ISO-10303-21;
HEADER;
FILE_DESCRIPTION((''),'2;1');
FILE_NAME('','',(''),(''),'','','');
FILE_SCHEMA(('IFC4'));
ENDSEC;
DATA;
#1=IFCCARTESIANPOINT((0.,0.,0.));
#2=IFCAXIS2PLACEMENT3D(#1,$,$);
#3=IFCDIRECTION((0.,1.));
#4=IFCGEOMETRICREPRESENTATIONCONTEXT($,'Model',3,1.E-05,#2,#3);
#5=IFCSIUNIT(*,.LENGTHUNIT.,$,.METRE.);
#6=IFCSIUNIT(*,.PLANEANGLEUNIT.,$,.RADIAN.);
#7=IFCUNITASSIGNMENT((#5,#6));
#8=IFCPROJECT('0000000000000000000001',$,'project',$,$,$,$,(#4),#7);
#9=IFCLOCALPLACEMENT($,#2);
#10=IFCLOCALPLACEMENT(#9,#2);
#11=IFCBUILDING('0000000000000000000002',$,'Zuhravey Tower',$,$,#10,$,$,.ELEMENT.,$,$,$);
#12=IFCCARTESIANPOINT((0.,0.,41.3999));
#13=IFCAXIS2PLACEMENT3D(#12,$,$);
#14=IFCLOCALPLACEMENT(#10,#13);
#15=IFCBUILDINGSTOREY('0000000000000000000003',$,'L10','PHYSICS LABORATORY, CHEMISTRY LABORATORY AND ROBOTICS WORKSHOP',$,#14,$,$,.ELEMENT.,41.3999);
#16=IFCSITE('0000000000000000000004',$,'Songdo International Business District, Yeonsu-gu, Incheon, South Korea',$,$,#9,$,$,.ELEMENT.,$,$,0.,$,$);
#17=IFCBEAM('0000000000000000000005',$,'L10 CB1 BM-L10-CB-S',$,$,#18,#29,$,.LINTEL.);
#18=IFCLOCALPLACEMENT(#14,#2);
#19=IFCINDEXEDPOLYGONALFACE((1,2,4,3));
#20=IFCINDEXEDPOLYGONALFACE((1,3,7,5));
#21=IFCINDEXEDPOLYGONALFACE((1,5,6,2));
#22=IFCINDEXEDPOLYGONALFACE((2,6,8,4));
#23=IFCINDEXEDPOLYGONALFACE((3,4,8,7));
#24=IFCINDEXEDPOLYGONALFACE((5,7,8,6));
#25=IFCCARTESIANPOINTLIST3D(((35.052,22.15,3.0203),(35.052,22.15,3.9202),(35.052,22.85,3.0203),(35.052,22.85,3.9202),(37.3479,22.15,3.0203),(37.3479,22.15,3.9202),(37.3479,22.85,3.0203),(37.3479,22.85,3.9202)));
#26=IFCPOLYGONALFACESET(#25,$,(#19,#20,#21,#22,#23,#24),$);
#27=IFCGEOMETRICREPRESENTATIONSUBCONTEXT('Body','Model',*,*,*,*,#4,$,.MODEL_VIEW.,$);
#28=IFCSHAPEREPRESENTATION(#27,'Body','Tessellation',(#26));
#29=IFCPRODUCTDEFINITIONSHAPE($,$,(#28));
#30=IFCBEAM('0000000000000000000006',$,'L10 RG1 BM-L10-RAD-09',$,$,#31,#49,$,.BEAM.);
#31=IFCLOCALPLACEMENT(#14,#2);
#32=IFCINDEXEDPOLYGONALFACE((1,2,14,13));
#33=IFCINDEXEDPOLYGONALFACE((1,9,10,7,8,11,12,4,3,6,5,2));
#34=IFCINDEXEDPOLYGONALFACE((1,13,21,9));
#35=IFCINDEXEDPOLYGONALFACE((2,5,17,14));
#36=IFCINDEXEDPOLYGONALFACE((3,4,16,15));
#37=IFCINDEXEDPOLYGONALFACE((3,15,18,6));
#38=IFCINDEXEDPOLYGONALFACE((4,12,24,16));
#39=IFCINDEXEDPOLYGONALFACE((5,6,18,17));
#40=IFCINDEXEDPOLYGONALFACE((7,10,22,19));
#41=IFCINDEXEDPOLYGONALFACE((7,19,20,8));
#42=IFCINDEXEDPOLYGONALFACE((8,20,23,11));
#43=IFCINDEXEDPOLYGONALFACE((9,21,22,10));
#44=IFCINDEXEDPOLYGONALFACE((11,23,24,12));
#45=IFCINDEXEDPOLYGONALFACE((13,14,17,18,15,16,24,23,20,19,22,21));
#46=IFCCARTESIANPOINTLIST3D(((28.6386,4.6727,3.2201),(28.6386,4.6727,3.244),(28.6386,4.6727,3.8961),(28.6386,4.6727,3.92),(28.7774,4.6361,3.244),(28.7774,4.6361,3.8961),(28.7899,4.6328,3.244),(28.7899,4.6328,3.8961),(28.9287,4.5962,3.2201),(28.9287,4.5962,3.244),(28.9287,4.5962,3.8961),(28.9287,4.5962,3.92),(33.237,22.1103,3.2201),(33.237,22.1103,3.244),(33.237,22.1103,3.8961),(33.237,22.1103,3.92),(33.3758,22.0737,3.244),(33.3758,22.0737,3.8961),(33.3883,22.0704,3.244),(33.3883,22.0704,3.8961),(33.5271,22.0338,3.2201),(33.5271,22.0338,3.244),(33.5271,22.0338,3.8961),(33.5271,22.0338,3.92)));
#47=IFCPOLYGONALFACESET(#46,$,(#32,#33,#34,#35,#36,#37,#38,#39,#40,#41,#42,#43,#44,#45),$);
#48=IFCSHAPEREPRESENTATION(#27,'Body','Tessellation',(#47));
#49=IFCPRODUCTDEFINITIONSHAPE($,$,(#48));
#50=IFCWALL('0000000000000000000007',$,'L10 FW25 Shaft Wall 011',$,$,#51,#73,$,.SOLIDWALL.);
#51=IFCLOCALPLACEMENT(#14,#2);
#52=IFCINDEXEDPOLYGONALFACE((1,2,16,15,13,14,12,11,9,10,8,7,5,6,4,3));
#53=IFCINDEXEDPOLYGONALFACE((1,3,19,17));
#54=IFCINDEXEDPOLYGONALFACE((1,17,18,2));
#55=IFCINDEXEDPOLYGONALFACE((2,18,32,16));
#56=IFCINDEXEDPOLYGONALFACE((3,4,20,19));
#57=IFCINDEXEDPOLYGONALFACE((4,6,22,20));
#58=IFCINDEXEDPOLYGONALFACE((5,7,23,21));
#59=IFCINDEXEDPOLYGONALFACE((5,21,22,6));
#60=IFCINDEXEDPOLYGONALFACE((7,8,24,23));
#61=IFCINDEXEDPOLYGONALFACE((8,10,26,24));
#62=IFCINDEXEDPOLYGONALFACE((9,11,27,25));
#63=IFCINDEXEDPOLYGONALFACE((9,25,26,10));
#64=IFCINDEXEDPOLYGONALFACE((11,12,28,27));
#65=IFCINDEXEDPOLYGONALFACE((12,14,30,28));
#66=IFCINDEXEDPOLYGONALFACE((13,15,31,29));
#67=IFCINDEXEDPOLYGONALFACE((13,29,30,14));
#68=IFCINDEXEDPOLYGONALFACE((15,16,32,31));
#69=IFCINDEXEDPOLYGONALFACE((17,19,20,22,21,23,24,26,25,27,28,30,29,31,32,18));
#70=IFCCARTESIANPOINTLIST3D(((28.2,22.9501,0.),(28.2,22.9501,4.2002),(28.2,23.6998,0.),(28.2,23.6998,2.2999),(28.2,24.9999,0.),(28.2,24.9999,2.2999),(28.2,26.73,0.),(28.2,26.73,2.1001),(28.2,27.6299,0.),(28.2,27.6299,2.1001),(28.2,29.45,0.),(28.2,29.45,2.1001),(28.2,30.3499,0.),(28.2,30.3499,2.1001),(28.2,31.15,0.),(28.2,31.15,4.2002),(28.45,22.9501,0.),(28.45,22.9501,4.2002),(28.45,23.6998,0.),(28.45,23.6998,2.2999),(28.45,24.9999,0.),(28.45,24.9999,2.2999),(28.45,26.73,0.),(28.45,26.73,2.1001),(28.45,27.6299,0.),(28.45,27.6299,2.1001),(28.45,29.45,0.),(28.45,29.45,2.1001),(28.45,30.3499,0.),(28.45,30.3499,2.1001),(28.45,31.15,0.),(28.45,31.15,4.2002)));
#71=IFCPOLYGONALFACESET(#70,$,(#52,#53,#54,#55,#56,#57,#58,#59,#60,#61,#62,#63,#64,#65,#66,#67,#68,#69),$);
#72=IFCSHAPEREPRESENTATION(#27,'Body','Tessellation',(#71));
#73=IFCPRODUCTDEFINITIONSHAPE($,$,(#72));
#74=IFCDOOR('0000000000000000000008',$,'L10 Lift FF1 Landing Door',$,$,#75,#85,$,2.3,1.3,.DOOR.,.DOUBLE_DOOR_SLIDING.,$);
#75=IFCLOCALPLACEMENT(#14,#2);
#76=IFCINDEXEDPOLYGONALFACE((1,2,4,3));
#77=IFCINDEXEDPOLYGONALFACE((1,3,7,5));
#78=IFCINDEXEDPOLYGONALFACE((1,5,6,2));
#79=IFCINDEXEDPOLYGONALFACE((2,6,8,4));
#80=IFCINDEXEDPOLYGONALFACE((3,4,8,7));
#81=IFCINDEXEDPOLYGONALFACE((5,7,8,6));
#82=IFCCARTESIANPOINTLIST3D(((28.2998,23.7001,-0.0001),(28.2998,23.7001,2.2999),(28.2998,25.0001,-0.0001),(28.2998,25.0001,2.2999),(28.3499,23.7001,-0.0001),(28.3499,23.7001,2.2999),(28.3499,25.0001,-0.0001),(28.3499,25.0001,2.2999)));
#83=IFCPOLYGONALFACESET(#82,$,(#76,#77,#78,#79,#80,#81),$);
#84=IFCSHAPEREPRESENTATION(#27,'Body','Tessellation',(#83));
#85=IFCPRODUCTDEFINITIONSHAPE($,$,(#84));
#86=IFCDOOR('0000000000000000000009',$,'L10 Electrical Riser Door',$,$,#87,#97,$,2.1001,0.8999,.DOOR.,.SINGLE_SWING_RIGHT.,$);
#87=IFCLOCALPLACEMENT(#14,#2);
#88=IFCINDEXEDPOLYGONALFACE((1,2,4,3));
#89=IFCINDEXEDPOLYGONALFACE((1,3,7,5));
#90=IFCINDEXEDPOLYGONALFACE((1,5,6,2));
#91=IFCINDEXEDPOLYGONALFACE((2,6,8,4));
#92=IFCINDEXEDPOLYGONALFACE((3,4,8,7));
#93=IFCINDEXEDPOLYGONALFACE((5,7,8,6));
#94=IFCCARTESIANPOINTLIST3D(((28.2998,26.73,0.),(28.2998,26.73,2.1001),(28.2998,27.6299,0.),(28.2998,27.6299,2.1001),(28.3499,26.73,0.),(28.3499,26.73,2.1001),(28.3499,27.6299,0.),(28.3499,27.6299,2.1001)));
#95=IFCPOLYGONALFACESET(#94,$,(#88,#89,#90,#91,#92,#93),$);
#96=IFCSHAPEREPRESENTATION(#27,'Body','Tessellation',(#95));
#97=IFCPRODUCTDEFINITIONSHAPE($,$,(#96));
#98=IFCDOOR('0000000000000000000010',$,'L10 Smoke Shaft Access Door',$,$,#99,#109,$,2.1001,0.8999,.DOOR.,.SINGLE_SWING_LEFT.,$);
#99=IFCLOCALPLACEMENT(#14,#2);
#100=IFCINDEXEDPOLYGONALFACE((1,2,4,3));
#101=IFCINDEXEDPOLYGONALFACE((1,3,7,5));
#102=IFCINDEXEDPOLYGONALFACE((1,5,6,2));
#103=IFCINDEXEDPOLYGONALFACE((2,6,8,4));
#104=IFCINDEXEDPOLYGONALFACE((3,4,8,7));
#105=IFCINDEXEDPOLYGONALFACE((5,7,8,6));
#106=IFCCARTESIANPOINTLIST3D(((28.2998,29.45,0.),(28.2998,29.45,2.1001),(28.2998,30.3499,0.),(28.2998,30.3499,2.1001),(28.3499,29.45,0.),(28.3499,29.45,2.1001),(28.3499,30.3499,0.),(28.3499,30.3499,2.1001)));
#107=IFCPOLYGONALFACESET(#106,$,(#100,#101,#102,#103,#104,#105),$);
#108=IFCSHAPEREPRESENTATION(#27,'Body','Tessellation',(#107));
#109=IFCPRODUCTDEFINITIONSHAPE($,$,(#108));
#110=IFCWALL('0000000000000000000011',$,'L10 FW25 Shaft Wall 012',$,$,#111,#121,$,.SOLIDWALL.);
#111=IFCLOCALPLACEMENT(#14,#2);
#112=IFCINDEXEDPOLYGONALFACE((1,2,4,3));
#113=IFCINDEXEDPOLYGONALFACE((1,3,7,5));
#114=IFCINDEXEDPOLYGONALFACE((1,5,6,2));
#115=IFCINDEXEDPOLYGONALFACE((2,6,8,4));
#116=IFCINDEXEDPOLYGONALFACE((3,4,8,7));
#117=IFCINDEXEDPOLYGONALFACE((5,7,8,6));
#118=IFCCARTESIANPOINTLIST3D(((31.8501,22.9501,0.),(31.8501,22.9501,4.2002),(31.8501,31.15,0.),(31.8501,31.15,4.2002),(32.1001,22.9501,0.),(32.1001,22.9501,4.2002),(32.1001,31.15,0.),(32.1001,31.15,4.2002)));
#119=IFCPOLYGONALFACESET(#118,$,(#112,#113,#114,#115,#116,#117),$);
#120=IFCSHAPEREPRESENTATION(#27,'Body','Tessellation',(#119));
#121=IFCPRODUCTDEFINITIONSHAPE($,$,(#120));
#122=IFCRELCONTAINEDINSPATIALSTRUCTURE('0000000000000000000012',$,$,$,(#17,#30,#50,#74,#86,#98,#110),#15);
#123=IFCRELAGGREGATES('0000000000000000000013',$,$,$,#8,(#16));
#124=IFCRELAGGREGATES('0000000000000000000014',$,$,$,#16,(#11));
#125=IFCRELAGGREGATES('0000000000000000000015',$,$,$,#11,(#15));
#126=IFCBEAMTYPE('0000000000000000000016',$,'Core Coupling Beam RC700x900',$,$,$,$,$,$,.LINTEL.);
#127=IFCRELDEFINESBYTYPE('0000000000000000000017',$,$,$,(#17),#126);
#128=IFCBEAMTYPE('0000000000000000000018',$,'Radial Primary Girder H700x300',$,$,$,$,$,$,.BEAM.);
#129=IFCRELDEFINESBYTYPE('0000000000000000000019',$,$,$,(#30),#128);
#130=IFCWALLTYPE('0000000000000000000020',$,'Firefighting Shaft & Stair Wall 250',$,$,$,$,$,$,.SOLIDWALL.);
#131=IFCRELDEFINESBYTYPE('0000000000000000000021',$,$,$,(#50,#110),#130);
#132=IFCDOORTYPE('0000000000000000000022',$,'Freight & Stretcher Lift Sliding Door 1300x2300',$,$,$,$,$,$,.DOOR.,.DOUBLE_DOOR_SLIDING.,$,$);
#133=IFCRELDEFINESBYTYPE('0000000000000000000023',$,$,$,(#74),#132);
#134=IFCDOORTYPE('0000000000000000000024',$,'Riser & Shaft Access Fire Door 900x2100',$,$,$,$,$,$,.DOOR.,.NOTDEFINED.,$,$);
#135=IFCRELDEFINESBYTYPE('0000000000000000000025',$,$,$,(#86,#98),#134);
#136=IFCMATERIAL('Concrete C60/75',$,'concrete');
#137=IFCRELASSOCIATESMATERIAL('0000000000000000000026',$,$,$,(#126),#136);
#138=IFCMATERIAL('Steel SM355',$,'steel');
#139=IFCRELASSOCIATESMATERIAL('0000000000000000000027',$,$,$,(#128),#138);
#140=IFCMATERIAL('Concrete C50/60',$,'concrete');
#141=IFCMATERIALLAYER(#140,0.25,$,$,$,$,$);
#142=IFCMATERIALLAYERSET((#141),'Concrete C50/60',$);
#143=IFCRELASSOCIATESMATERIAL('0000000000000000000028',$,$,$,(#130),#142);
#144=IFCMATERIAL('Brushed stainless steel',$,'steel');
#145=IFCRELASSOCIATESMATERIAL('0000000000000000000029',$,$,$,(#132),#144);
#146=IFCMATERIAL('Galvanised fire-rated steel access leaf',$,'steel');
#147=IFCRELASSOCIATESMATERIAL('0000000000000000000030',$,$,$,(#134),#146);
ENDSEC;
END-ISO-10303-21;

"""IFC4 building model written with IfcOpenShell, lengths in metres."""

from ifc_helpers import new_model, si_unit, direction, frame, frame_2d, origin, origin_2d, place, context, subcontext, project, spatial, rectangle, i_section, extrude, material, layer, layer_set, material_profile, profile_set, type_object, element, fill, save


model = new_model("IFC4")

# Units and contexts
model_context = context("Model", 3, precision=1e-05, world=origin(), true_north=direction((0.0, 1.0)))
body_context = subcontext(model_context, "Body", "Model", "MODEL_VIEW")
ifc_project = project(units=[si_unit("LENGTHUNIT", "METRE"), si_unit("PLANEANGLEUNIT", "RADIAN")], contexts=[model_context])

# Site, building, storey
site_placement = place(None, origin())
site = spatial("IfcSite", under=ifc_project, at=site_placement, Name="Songdo International Business District, Yeonsu-gu, Incheon, South Korea", CompositionType="ELEMENT", RefElevation=0.0)
building_placement = place(site_placement, origin())
building = spatial("IfcBuilding", under=site, at=building_placement, Name="Zuhravey Tower", CompositionType="ELEMENT")
storey_placement = place(building_placement, frame((0.0, 0.0, 41.3999)))
storey = spatial("IfcBuildingStorey", under=building, at=storey_placement, Name="L10", Description="PHYSICS LABORATORY, CHEMISTRY LABORATORY AND ROBOTICS WORKSHOP", CompositionType="ELEMENT", Elevation=41.3999)

# Beams
ifc_material_1 = material(Name="Concrete C60/75", Category="concrete")
ifc_material_profile_1 = material_profile(ifc_material_1, rectangle(XDim=0.7, YDim=0.8999, at=origin_2d()), Name="RC-700x900")
ifc_profile_set_1 = profile_set([ifc_material_profile_1], Name="Concrete C60/75")
beam_type_1 = type_object("IfcBeamType", Name="Core Coupling Beam RC700x900", PredefinedType="LINTEL", material=ifc_profile_set_1)
beam_1_placement = place(storey_placement, frame((35.052, 22.5, 3.4702), z_axis=(1.0, 0.0, 0.0), x_axis=(0.0, 1.0, 0.0)))
element("IfcBeam", 1, at=beam_1_placement, inside=storey, type_object=beam_type_1, Name="L10 CB1 BM-L10-CB-S", PredefinedType="LINTEL", context=body_context, shape_type="SweptSolid", body=[
    extrude(rectangle(XDim=0.7, YDim=0.8999, at=origin_2d()), origin(), (0.0, 0.0, 1.0), 2.2959),
])
ifc_material_2 = material(Name="Steel SM355", Category="steel")
ifc_material_profile_2 = material_profile(ifc_material_2, i_section(OverallWidth=0.3, OverallDepth=0.7, WebThickness=0.0129, FlangeThickness=0.0239, at=origin_2d()), Name="H-700x300x13x24")
ifc_profile_set_2 = profile_set([ifc_material_profile_2], Name="Steel SM355")
beam_type_2 = type_object("IfcBeamType", Name="Radial Primary Girder H700x300", PredefinedType="BEAM", material=ifc_profile_set_2)
beam_2_placement = place(storey_placement, frame((33.3821, 22.072, 3.5701), z_axis=(-0.25499, -0.966944, 0.0), x_axis=(0.966944, -0.25499, 0.0)))
element("IfcBeam", 2, at=beam_2_placement, inside=storey, type_object=beam_type_2, Name="L10 RG1 BM-L10-RAD-09", PredefinedType="BEAM", context=body_context, shape_type="SweptSolid", body=[
    extrude(i_section(OverallWidth=0.3, OverallDepth=0.7, WebThickness=0.0129, FlangeThickness=0.0239, at=origin_2d()), origin(), (0.0, 0.0, 1.0), 18.0337),
])

# Shared definitions
ifc_material_3 = material(Name="Concrete C50/60", Category="concrete")
ifc_layer_1 = layer(ifc_material_3, 0.25)
ifc_layer_set_1 = layer_set([ifc_layer_1], Name="Concrete C50/60")
wall_type_1 = type_object("IfcWallType", Name="Firefighting Shaft & Stair Wall 250", PredefinedType="SOLIDWALL", material=ifc_layer_set_1)

# Wall, openings, doors
wall_1_placement = place(storey_placement, frame((28.325, 22.95, 0.0), z_axis=(0.0, 0.0, 1.0), x_axis=(0.0, 1.0, 0.0)))
wall_1 = element("IfcWall", 3, at=wall_1_placement, inside=storey, type_object=wall_type_1, Name="L10 FW25 Shaft Wall 011", PredefinedType="SOLIDWALL", context=body_context, shape_type="SweptSolid", body=[
    extrude(rectangle(XDim=8.2, YDim=0.25, at=frame_2d((4.1001, 0.0))), origin(), (0.0, 0.0, 1.0), 4.2002),
])
opening_1_placement = place(wall_1_placement, frame((0.75, 0.0, 0.0)))
opening_1 = element("IfcOpeningElement", 4, at=opening_1_placement, cuts=wall_1, PredefinedType="OPENING", context=body_context, shape_type="SweptSolid", body=[
    extrude(rectangle(XDim=1.3, YDim=2.3, at=frame_2d((0.6499, 1.1499))), frame((0.0, 0.137, 0.0), z_axis=(0.0, -1.0, 0.0), x_axis=(1.0, 0.0, 0.0)), (0.0, 0.0, 1.0), 0.2739),
])
opening_2_placement = place(wall_1_placement, frame((3.78, 0.0, 0.0)))
opening_2 = element("IfcOpeningElement", 5, at=opening_2_placement, cuts=wall_1, PredefinedType="OPENING", context=body_context, shape_type="SweptSolid", body=[
    extrude(rectangle(XDim=0.8999, YDim=2.1001, at=frame_2d((0.45, 1.05))), frame((0.0, 0.137, 0.0), z_axis=(0.0, -1.0, 0.0), x_axis=(1.0, 0.0, 0.0)), (0.0, 0.0, 1.0), 0.2739),
])
opening_3_placement = place(wall_1_placement, frame((6.5, 0.0, 0.0)))
opening_3 = element("IfcOpeningElement", 6, at=opening_3_placement, cuts=wall_1, PredefinedType="OPENING", context=body_context, shape_type="SweptSolid", body=[
    extrude(rectangle(XDim=0.8999, YDim=2.1001, at=frame_2d((0.45, 1.05))), frame((0.0, 0.137, 0.0), z_axis=(0.0, -1.0, 0.0), x_axis=(1.0, 0.0, 0.0)), (0.0, 0.0, 1.0), 0.2739),
])
ifc_material_4 = material(Name="Brushed stainless steel", Category="steel")
door_type_1 = type_object("IfcDoorType", Name="Freight & Stretcher Lift Sliding Door 1300x2300", OperationType="DOUBLE_DOOR_SLIDING", PredefinedType="DOOR", material=ifc_material_4)
door_1_placement = place(opening_1_placement, frame((1.3, 0.0, 0.0), z_axis=(0.0, 0.0, 1.0), x_axis=(-1.0, 0.0, 0.0)))
door_1 = element("IfcDoor", 7, at=door_1_placement, inside=storey, type_object=door_type_1, Name="L10 Lift FF1 Landing Door", OperationType="DOUBLE_DOOR_SLIDING", OverallHeight=2.3, OverallWidth=1.3, PredefinedType="DOOR", context=body_context, shape_type="SweptSolid", body=[
    extrude(rectangle(XDim=1.3, YDim=2.3, at=frame_2d((0.6499, 1.1499))), frame((0.0, 0.0249, 0.0), z_axis=(0.0, -1.0, 0.0), x_axis=(1.0, 0.0, 0.0)), (0.0, 0.0, 1.0), 0.05),
])
fill(opening_1, door_1)
ifc_material_5 = material(Name="Galvanised fire-rated steel access leaf", Category="steel")
door_type_2 = type_object("IfcDoorType", Name="Riser & Shaft Access Fire Door 900x2100", OperationType="NOTDEFINED", PredefinedType="DOOR", material=ifc_material_5)
door_2_placement = place(opening_2_placement, frame((0.8999, 0.0, 0.0), z_axis=(0.0, 0.0, 1.0), x_axis=(-1.0, 0.0, 0.0)))
door_2 = element("IfcDoor", 8, at=door_2_placement, inside=storey, type_object=door_type_2, Name="L10 Electrical Riser Door", OperationType="SINGLE_SWING_RIGHT", OverallHeight=2.1001, OverallWidth=0.8999, PredefinedType="DOOR", context=body_context, shape_type="SweptSolid", body=[
    extrude(rectangle(XDim=0.8999, YDim=2.1001, at=frame_2d((0.45, 1.05))), frame((0.0, 0.0249, 0.0), z_axis=(0.0, -1.0, 0.0), x_axis=(1.0, 0.0, 0.0)), (0.0, 0.0, 1.0), 0.05),
])
fill(opening_2, door_2)
door_3_placement = place(opening_3_placement, frame((0.8999, 0.0, 0.0), z_axis=(0.0, 0.0, 1.0), x_axis=(-1.0, 0.0, 0.0)))
door_3 = element("IfcDoor", 9, at=door_3_placement, inside=storey, type_object=door_type_2, Name="L10 Smoke Shaft Access Door", OperationType="SINGLE_SWING_LEFT", OverallHeight=2.1001, OverallWidth=0.8999, PredefinedType="DOOR", context=body_context, shape_type="SweptSolid", body=[
    extrude(rectangle(XDim=0.8999, YDim=2.1001, at=frame_2d((0.45, 1.05))), frame((0.0, 0.0249, 0.0), z_axis=(0.0, -1.0, 0.0), x_axis=(1.0, 0.0, 0.0)), (0.0, 0.0, 1.0), 0.05),
])
fill(opening_3, door_3)

# Wall
wall_2_placement = place(storey_placement, frame((31.9751, 22.95, 0.0), z_axis=(0.0, 0.0, 1.0), x_axis=(0.0, 1.0, 0.0)))
element("IfcWall", 10, at=wall_2_placement, inside=storey, type_object=wall_type_1, Name="L10 FW25 Shaft Wall 012", PredefinedType="SOLIDWALL", context=body_context, shape_type="SweptSolid", body=[
    extrude(rectangle(XDim=8.2, YDim=0.25, at=frame_2d((4.1001, 0.0))), origin(), (0.0, 0.0, 1.0), 4.2002),
])

save(model, "model.ifc")
